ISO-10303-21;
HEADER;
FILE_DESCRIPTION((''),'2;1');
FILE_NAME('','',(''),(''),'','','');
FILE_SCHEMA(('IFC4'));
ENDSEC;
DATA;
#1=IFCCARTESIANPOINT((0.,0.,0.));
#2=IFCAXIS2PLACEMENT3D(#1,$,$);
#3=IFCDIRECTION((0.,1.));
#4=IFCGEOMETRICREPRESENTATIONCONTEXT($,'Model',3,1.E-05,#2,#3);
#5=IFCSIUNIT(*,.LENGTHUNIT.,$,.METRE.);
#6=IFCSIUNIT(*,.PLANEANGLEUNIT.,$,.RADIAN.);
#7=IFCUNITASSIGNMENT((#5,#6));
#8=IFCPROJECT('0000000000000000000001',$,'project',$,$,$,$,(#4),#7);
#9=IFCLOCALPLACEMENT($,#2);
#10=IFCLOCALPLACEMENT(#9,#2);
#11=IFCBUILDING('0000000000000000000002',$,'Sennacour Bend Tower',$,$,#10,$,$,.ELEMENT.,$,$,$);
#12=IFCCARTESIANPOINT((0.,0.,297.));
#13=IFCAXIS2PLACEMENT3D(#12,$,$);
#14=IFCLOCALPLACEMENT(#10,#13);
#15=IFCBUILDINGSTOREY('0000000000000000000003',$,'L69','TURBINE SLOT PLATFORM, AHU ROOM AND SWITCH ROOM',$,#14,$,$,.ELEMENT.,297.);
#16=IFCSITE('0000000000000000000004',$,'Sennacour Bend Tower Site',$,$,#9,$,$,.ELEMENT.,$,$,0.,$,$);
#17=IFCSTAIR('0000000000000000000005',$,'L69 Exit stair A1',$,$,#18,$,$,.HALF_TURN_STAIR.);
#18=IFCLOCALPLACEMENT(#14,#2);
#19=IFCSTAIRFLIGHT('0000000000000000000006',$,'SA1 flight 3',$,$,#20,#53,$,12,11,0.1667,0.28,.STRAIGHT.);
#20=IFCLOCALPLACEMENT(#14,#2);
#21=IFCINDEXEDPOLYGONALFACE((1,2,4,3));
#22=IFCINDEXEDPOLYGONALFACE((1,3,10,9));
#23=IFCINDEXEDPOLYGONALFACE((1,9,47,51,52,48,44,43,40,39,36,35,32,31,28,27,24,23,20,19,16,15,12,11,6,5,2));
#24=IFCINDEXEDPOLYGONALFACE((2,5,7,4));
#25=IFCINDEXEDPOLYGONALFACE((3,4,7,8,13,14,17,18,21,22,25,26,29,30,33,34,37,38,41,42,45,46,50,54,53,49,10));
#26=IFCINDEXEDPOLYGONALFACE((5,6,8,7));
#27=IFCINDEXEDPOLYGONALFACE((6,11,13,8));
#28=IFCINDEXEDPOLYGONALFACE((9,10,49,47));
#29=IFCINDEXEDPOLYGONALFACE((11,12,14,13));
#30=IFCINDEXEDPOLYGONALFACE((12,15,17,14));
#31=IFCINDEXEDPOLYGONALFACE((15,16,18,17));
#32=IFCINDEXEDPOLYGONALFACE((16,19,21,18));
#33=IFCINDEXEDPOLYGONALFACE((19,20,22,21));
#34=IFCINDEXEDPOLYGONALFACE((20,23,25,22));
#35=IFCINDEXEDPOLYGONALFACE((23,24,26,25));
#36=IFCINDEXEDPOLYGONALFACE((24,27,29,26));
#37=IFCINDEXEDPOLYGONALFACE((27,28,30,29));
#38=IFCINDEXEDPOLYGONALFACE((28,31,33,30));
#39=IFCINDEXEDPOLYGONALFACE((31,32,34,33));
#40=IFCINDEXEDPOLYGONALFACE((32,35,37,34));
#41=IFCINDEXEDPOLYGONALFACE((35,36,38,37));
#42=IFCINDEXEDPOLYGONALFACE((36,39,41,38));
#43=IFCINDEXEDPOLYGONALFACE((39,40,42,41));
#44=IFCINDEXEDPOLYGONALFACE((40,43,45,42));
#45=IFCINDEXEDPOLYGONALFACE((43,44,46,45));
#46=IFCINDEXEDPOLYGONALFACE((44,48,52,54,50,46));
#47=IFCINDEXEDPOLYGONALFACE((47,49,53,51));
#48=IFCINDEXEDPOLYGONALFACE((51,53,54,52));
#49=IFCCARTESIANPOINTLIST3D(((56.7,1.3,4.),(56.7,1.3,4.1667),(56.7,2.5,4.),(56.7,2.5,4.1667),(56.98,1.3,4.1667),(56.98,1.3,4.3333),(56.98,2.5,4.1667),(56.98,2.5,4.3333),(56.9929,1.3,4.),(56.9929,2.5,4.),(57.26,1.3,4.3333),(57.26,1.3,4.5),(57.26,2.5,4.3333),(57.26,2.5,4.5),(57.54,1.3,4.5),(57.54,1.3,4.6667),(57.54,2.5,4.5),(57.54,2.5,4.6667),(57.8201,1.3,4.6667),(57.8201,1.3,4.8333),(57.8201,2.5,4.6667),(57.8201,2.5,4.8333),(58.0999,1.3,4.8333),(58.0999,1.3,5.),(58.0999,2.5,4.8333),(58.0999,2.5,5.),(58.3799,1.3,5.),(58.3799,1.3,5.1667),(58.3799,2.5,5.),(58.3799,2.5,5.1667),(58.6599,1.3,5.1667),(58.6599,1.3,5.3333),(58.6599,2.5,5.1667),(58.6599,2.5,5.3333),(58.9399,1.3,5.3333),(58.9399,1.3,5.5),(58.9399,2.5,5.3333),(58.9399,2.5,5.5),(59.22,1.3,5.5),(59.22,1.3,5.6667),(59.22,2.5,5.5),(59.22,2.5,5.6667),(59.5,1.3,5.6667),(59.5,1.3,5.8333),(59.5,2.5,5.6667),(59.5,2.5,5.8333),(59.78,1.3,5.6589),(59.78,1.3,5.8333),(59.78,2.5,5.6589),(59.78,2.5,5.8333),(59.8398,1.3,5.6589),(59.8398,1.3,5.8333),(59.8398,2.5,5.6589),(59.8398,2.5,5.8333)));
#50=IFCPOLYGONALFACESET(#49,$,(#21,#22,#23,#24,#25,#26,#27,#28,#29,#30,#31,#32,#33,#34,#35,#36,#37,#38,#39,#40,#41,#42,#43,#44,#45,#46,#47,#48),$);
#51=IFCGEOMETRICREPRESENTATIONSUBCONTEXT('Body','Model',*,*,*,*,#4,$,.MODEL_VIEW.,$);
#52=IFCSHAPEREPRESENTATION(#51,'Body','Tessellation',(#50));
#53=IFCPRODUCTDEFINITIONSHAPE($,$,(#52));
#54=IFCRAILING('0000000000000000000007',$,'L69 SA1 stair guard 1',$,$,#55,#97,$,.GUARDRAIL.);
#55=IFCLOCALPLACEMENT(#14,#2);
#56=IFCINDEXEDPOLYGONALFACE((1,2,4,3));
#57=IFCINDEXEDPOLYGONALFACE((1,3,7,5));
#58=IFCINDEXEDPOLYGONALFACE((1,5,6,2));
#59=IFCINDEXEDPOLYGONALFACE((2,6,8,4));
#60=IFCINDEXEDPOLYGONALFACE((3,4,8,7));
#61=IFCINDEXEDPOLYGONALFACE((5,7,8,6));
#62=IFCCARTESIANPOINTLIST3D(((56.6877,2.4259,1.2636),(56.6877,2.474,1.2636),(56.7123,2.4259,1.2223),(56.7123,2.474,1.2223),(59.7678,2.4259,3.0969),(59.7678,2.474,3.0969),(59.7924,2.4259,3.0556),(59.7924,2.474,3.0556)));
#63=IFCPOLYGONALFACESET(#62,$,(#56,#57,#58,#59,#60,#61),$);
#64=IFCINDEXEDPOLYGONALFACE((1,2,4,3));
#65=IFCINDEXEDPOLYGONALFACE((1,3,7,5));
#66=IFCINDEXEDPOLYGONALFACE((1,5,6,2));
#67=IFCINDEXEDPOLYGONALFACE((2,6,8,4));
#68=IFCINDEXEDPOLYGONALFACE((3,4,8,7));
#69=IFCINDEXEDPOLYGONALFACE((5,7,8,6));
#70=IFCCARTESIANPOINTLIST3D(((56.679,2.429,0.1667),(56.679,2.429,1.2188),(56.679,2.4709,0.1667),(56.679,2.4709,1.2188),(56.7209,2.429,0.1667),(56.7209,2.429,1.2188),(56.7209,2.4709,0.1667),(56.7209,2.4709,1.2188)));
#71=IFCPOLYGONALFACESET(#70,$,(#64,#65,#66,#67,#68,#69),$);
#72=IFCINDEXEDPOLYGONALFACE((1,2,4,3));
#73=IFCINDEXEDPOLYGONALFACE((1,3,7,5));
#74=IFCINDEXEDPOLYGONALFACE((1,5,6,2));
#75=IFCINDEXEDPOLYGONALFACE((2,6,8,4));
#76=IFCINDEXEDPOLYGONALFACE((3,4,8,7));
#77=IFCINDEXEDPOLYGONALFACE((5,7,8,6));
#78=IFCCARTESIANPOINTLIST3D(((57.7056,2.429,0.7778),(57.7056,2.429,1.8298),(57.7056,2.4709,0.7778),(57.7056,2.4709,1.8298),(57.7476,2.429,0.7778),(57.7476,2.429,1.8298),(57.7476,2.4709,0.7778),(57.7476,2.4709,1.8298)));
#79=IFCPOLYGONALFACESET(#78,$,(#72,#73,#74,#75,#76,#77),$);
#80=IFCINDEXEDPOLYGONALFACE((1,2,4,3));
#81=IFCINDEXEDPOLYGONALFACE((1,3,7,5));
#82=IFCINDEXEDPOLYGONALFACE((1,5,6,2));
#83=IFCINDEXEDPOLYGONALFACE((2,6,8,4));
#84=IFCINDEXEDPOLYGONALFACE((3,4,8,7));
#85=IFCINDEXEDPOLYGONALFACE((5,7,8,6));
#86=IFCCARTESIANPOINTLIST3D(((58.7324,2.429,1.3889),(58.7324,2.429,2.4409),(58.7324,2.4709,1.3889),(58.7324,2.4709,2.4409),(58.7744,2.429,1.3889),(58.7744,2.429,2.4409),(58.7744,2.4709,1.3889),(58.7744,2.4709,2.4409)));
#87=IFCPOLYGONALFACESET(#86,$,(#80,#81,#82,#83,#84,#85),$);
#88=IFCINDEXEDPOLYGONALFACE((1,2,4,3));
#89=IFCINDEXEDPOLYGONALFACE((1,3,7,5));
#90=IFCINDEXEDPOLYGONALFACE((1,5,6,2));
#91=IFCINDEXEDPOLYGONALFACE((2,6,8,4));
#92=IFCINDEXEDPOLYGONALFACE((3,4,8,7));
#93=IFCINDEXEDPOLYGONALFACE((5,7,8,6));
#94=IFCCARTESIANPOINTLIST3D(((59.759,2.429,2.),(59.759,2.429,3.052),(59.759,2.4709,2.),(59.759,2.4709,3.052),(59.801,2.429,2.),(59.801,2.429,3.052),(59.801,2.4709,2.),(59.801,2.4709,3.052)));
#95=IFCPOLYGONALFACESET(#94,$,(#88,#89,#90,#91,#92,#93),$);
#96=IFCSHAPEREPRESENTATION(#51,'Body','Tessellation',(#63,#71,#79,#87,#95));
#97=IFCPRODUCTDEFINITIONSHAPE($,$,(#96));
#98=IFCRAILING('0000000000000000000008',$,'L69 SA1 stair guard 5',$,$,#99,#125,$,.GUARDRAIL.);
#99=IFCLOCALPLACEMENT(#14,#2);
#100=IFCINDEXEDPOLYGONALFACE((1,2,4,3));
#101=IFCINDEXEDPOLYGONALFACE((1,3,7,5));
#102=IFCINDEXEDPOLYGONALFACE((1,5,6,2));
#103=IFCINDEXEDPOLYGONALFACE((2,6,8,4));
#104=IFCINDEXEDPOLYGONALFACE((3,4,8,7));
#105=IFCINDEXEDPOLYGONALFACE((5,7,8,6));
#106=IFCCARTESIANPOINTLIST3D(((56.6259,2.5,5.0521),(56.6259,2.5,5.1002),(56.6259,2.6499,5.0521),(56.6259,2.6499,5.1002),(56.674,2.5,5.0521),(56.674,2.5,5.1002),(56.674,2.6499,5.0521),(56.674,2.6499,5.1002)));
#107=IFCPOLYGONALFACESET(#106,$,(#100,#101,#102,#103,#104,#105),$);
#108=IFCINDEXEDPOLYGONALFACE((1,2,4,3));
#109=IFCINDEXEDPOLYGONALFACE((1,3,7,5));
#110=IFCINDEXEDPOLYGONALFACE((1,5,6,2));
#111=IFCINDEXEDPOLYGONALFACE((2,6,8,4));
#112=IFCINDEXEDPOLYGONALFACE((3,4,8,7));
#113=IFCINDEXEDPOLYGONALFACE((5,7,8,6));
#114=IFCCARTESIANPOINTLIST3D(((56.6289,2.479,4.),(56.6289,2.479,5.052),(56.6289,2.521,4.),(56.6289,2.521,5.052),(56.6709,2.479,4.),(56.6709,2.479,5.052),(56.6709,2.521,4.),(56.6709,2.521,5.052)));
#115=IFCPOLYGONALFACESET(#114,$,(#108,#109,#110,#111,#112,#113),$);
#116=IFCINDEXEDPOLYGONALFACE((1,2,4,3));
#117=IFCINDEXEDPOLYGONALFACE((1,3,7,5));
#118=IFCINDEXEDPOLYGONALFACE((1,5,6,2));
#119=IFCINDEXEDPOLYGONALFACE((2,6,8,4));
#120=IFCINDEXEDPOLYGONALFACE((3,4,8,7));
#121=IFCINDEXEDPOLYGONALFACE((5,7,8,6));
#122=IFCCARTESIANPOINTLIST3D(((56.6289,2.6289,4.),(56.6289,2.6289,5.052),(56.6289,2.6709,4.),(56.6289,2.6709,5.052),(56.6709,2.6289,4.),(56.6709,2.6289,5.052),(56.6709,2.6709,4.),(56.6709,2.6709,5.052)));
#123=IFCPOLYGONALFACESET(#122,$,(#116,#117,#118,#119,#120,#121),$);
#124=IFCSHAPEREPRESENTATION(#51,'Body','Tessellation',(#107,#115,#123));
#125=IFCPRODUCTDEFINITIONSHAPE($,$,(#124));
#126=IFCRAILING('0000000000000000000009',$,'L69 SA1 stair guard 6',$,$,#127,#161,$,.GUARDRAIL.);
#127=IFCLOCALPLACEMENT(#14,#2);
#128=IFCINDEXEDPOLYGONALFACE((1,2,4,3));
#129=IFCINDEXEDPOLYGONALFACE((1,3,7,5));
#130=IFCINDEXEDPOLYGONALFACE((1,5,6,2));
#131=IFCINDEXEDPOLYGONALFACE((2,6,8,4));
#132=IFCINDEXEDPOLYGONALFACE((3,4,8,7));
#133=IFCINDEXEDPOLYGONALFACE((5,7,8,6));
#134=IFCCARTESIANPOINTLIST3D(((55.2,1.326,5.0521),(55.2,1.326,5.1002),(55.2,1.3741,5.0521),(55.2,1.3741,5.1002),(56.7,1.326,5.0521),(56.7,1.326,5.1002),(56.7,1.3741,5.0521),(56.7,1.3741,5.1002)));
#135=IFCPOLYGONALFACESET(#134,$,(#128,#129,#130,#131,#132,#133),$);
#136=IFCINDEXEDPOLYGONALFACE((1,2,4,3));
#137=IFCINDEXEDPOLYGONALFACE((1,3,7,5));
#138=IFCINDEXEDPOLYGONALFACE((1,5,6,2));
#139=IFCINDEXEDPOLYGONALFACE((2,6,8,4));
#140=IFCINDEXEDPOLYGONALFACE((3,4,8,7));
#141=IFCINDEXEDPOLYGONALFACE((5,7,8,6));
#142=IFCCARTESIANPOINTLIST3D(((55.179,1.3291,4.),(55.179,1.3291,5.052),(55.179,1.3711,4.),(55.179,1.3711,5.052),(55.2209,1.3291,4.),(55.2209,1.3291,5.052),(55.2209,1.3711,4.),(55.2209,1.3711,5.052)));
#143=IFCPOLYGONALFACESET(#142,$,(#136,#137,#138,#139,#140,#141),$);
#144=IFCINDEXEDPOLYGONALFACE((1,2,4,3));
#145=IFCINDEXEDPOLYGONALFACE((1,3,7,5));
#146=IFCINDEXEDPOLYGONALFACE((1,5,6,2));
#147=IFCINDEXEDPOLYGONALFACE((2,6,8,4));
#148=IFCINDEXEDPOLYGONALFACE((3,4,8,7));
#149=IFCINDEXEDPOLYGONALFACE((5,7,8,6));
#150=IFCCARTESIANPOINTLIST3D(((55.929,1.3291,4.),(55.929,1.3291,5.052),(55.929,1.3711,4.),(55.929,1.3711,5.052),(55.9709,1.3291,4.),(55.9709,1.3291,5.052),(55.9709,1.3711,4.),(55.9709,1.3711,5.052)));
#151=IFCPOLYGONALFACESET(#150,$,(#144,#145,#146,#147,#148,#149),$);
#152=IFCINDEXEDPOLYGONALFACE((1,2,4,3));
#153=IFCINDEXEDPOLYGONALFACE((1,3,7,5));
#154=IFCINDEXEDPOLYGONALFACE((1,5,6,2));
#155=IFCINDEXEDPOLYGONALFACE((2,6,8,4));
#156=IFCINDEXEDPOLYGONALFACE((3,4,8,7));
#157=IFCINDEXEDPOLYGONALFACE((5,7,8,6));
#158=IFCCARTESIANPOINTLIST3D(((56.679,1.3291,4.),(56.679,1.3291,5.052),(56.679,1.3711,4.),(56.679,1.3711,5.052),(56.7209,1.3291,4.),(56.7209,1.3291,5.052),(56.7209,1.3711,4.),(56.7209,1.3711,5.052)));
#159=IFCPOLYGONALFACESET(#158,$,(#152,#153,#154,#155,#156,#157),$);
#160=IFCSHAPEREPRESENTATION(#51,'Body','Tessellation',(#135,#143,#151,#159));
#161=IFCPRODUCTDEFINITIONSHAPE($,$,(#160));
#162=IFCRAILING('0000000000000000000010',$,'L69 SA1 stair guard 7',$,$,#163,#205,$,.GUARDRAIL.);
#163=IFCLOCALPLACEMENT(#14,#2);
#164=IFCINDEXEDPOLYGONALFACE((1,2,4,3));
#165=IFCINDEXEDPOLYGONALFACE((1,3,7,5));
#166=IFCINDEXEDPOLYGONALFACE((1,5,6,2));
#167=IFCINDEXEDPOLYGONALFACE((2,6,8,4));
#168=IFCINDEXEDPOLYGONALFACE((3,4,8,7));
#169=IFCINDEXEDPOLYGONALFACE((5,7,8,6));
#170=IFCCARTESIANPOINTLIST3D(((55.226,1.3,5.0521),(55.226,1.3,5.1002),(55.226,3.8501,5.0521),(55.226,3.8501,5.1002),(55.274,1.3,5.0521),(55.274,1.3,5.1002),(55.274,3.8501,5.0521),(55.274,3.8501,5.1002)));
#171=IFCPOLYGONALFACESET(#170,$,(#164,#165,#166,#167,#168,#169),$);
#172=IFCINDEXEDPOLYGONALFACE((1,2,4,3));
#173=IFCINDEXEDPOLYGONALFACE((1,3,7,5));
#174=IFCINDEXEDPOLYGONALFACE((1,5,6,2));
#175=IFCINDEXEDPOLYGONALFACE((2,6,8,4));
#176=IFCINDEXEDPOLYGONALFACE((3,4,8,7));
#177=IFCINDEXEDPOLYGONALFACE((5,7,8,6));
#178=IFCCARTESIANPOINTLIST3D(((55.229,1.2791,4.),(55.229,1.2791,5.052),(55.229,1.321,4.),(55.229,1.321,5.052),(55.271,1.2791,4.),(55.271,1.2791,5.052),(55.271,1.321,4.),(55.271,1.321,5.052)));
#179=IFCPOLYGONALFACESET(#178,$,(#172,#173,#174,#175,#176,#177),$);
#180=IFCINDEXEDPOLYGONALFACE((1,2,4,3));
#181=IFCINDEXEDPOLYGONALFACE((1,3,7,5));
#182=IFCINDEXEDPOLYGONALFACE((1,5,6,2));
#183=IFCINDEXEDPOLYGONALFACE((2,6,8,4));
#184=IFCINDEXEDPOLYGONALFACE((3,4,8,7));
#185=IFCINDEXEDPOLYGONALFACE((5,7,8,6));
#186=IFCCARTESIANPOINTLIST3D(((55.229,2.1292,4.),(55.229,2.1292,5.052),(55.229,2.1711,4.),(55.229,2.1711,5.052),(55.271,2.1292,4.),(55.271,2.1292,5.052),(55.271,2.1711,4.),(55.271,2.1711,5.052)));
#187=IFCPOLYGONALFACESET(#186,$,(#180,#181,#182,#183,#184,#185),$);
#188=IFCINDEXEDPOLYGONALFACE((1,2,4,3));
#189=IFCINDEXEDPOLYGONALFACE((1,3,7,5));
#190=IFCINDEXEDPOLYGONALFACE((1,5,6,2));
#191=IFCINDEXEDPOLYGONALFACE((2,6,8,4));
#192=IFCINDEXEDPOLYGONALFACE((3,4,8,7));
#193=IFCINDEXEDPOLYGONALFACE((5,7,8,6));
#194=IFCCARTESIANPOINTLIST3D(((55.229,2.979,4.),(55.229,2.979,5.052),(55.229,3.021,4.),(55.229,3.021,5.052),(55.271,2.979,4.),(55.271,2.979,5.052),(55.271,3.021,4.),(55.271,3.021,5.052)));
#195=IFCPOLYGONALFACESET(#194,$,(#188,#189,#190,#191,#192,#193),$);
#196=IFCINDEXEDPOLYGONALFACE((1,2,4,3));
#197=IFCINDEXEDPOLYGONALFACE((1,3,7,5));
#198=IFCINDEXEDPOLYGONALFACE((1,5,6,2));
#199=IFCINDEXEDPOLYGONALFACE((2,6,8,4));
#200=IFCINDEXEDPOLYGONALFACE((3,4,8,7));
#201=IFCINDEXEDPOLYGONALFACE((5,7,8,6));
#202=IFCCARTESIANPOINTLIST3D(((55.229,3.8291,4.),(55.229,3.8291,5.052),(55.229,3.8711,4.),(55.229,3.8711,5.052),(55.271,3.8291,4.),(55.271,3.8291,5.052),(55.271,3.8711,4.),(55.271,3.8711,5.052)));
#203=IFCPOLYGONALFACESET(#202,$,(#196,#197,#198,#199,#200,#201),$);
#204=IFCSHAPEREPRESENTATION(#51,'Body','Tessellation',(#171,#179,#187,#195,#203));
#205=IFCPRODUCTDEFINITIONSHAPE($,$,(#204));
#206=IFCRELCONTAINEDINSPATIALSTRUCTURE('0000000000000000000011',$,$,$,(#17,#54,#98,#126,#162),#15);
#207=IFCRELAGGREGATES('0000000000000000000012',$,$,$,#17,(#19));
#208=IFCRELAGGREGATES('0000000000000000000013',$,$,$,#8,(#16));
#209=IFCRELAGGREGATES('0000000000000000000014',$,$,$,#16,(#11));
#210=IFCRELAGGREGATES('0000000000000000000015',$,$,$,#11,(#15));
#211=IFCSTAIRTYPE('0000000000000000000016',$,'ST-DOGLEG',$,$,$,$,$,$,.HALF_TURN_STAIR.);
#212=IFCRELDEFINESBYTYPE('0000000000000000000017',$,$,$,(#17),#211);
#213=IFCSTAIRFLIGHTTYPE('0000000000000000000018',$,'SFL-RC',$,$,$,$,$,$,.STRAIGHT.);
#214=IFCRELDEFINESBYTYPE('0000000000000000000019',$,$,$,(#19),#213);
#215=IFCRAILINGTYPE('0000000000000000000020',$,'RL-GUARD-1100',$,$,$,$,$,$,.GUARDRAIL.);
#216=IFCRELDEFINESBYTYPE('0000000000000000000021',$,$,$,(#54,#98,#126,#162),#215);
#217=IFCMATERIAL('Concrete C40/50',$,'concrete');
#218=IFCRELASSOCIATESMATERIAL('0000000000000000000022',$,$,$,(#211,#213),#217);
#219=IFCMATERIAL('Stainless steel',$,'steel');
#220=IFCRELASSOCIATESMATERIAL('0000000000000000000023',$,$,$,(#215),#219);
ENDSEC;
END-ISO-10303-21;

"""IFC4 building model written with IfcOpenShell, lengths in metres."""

from ifc_helpers import new_model, si_unit, direction, frame, origin, origin_2d, place, context, subcontext, project, spatial, polyline, rectangle, outline, extrude, material, type_object, element, aggregate, save


model = new_model("IFC4")

# Units and contexts
model_context = context("Model", 3, precision=1e-05, world=origin(), true_north=direction((0.0, 1.0)))
body_context = subcontext(model_context, "Body", "Model", "MODEL_VIEW")
ifc_project = project(units=[si_unit("LENGTHUNIT", "METRE"), si_unit("PLANEANGLEUNIT", "RADIAN")], contexts=[model_context])

# Site, building, storey
site_placement = place(None, origin())
site = spatial("IfcSite", under=ifc_project, at=site_placement, Name="Sennacour Bend Tower Site", CompositionType="ELEMENT", RefElevation=0.0)
building_placement = place(site_placement, origin())
building = spatial("IfcBuilding", under=site, at=building_placement, Name="Sennacour Bend Tower", CompositionType="ELEMENT")
storey_placement = place(building_placement, frame((0.0, 0.0, 297.0)))
storey = spatial("IfcBuildingStorey", under=building, at=storey_placement, Name="L69", Description="TURBINE SLOT PLATFORM, AHU ROOM AND SWITCH ROOM", CompositionType="ELEMENT", Elevation=297.0)

# Shared definitions
ifc_material_1 = material(Name="Stainless steel", Category="steel")

# Stair, stair flight
ifc_material_2 = material(Name="Concrete C40/50", Category="concrete")
stair_type = type_object("IfcStairType", Name="ST-DOGLEG", PredefinedType="HALF_TURN_STAIR", material=ifc_material_2)
stair_placement = place(storey_placement, origin())
stair = element("IfcStair", 1, at=stair_placement, inside=storey, type_object=stair_type, Name="L69 Exit stair A1", PredefinedType="HALF_TURN_STAIR")
stair_flight_type = type_object("IfcStairFlightType", Name="SFL-RC", PredefinedType="STRAIGHT", material=ifc_material_2)
stair_flight_1_placement = place(storey_placement, frame((56.7, 1.8999, 4.0), z_axis=(0.0, 0.0, 1.0), x_axis=(1.0, 0.0, 0.0)))
stair_flight_1 = element("IfcStairFlight", 2, at=stair_flight_1_placement, type_object=stair_flight_type, Name="SA1 flight 3", NumberOfRisers=12, NumberOfTreads=11, PredefinedType="STRAIGHT", RiserHeight=0.1667, TreadLength=0.28, context=body_context, shape_type="SweptSolid", body=[
    extrude(outline(polyline([(0.0, 0.0), (0.0, 0.1667), (0.28, 0.1667), (0.28, 0.3333), (0.5601, 0.3333), (0.5601, 0.5), (0.8401, 0.5), (0.8401, 0.6667), (1.1201, 0.6667), (1.1201, 0.8333), (1.3999, 0.8333), (1.3999, 1.0), (1.6799, 1.0), (1.6799, 1.1667), (1.96, 1.1667), (1.96, 1.3333), (2.24, 1.3333), (2.24, 1.5), (2.52, 1.5), (2.52, 1.6667), (2.8, 1.6667), (2.8, 1.8333), (3.0801, 1.8333), (3.1399, 1.8333), (3.1399, 1.6589), (3.0801, 1.6589), (0.293, 0.0), (0.0, 0.0)])), frame((0.0, 0.6001, 0.0), z_axis=(0.0, -1.0, 0.0), x_axis=(1.0, 0.0, 0.0)), (0.0, 0.0, 1.0), 1.2),
])
aggregate(stair, [stair_flight_1])

# Railings
railing_type_1 = type_object("IfcRailingType", Name="RL-GUARD-1100", PredefinedType="GUARDRAIL", material=ifc_material_1)
railing_1_placement = place(storey_placement, frame((56.7, 2.45, 0.1667)))
element("IfcRailing", 3, at=railing_1_placement, inside=storey, type_object=railing_type_1, Name="L69 SA1 stair guard 1", PredefinedType="GUARDRAIL", context=body_context, shape_type="SweptSolid", body=[
    extrude(rectangle(XDim=0.0481, YDim=0.0481, at=origin_2d()), frame((0.0, 0.0, 1.0762), z_axis=(0.859309, 0.0, 0.511458), x_axis=(0.0, 1.0, 0.0)), (0.0, 0.0, 1.0), 3.5845),
    extrude(rectangle(XDim=0.042, YDim=0.042, at=origin_2d()), origin(), (0.0, 0.0, 1.0), 1.052),
    extrude(rectangle(XDim=0.042, YDim=0.042, at=origin_2d()), frame((1.0266, 0.0, 0.6111)), (0.0, 0.0, 1.0), 1.052),
    extrude(rectangle(XDim=0.042, YDim=0.042, at=origin_2d()), frame((2.0535, 0.0, 1.2222)), (0.0, 0.0, 1.0), 1.052),
    extrude(rectangle(XDim=0.042, YDim=0.042, at=origin_2d()), frame((3.0801, 0.0, 1.8333)), (0.0, 0.0, 1.0), 1.052),
])
railing_2_placement = place(storey_placement, frame((56.6499, 2.5, 4.0)))
element("IfcRailing", 4, at=railing_2_placement, inside=storey, type_object=railing_type_1, Name="L69 SA1 stair guard 5", PredefinedType="GUARDRAIL", context=body_context, shape_type="SweptSolid", body=[
    extrude(rectangle(XDim=0.0481, YDim=0.0481, at=origin_2d()), frame((0.0, 0.0, 1.0762), z_axis=(0.0, 1.0, 0.0), x_axis=(-1.0, 0.0, 0.0)), (0.0, 0.0, 1.0), 0.1499),
    extrude(rectangle(XDim=0.042, YDim=0.042, at=origin_2d()), origin(), (0.0, 0.0, 1.0), 1.052),
    extrude(rectangle(XDim=0.042, YDim=0.042, at=origin_2d()), frame((0.0, 0.1499, 0.0)), (0.0, 0.0, 1.0), 1.052),
])
railing_3_placement = place(storey_placement, frame((55.2, 1.3501, 4.0)))
element("IfcRailing", 5, at=railing_3_placement, inside=storey, type_object=railing_type_1, Name="L69 SA1 stair guard 6", PredefinedType="GUARDRAIL", context=body_context, shape_type="SweptSolid", body=[
    extrude(rectangle(XDim=0.0481, YDim=0.0481, at=origin_2d()), frame((0.0, 0.0, 1.0762), z_axis=(1.0, 0.0, 0.0), x_axis=(0.0, 1.0, 0.0)), (0.0, 0.0, 1.0), 1.5),
    extrude(rectangle(XDim=0.042, YDim=0.042, at=origin_2d()), origin(), (0.0, 0.0, 1.0), 1.052),
    extrude(rectangle(XDim=0.042, YDim=0.042, at=origin_2d()), frame((0.75, 0.0, 0.0)), (0.0, 0.0, 1.0), 1.052),
    extrude(rectangle(XDim=0.042, YDim=0.042, at=origin_2d()), frame((1.5, 0.0, 0.0)), (0.0, 0.0, 1.0), 1.052),
])
railing_4_placement = place(storey_placement, frame((55.25, 1.3, 4.0)))
element("IfcRailing", 6, at=railing_4_placement, inside=storey, type_object=railing_type_1, Name="L69 SA1 stair guard 7", PredefinedType="GUARDRAIL", context=body_context, shape_type="SweptSolid", body=[
    extrude(rectangle(XDim=0.0481, YDim=0.0481, at=origin_2d()), frame((0.0, 0.0, 1.0762), z_axis=(0.0, 1.0, 0.0), x_axis=(-1.0, 0.0, 0.0)), (0.0, 0.0, 1.0), 2.55),
    extrude(rectangle(XDim=0.042, YDim=0.042, at=origin_2d()), origin(), (0.0, 0.0, 1.0), 1.052),
    extrude(rectangle(XDim=0.042, YDim=0.042, at=origin_2d()), frame((0.0, 0.8501, 0.0)), (0.0, 0.0, 1.0), 1.052),
    extrude(rectangle(XDim=0.042, YDim=0.042, at=origin_2d()), frame((0.0, 1.7, 0.0)), (0.0, 0.0, 1.0), 1.052),
    extrude(rectangle(XDim=0.042, YDim=0.042, at=origin_2d()), frame((0.0, 2.55, 0.0)), (0.0, 0.0, 1.0), 1.052),
])

save(model, "model.ifc")
